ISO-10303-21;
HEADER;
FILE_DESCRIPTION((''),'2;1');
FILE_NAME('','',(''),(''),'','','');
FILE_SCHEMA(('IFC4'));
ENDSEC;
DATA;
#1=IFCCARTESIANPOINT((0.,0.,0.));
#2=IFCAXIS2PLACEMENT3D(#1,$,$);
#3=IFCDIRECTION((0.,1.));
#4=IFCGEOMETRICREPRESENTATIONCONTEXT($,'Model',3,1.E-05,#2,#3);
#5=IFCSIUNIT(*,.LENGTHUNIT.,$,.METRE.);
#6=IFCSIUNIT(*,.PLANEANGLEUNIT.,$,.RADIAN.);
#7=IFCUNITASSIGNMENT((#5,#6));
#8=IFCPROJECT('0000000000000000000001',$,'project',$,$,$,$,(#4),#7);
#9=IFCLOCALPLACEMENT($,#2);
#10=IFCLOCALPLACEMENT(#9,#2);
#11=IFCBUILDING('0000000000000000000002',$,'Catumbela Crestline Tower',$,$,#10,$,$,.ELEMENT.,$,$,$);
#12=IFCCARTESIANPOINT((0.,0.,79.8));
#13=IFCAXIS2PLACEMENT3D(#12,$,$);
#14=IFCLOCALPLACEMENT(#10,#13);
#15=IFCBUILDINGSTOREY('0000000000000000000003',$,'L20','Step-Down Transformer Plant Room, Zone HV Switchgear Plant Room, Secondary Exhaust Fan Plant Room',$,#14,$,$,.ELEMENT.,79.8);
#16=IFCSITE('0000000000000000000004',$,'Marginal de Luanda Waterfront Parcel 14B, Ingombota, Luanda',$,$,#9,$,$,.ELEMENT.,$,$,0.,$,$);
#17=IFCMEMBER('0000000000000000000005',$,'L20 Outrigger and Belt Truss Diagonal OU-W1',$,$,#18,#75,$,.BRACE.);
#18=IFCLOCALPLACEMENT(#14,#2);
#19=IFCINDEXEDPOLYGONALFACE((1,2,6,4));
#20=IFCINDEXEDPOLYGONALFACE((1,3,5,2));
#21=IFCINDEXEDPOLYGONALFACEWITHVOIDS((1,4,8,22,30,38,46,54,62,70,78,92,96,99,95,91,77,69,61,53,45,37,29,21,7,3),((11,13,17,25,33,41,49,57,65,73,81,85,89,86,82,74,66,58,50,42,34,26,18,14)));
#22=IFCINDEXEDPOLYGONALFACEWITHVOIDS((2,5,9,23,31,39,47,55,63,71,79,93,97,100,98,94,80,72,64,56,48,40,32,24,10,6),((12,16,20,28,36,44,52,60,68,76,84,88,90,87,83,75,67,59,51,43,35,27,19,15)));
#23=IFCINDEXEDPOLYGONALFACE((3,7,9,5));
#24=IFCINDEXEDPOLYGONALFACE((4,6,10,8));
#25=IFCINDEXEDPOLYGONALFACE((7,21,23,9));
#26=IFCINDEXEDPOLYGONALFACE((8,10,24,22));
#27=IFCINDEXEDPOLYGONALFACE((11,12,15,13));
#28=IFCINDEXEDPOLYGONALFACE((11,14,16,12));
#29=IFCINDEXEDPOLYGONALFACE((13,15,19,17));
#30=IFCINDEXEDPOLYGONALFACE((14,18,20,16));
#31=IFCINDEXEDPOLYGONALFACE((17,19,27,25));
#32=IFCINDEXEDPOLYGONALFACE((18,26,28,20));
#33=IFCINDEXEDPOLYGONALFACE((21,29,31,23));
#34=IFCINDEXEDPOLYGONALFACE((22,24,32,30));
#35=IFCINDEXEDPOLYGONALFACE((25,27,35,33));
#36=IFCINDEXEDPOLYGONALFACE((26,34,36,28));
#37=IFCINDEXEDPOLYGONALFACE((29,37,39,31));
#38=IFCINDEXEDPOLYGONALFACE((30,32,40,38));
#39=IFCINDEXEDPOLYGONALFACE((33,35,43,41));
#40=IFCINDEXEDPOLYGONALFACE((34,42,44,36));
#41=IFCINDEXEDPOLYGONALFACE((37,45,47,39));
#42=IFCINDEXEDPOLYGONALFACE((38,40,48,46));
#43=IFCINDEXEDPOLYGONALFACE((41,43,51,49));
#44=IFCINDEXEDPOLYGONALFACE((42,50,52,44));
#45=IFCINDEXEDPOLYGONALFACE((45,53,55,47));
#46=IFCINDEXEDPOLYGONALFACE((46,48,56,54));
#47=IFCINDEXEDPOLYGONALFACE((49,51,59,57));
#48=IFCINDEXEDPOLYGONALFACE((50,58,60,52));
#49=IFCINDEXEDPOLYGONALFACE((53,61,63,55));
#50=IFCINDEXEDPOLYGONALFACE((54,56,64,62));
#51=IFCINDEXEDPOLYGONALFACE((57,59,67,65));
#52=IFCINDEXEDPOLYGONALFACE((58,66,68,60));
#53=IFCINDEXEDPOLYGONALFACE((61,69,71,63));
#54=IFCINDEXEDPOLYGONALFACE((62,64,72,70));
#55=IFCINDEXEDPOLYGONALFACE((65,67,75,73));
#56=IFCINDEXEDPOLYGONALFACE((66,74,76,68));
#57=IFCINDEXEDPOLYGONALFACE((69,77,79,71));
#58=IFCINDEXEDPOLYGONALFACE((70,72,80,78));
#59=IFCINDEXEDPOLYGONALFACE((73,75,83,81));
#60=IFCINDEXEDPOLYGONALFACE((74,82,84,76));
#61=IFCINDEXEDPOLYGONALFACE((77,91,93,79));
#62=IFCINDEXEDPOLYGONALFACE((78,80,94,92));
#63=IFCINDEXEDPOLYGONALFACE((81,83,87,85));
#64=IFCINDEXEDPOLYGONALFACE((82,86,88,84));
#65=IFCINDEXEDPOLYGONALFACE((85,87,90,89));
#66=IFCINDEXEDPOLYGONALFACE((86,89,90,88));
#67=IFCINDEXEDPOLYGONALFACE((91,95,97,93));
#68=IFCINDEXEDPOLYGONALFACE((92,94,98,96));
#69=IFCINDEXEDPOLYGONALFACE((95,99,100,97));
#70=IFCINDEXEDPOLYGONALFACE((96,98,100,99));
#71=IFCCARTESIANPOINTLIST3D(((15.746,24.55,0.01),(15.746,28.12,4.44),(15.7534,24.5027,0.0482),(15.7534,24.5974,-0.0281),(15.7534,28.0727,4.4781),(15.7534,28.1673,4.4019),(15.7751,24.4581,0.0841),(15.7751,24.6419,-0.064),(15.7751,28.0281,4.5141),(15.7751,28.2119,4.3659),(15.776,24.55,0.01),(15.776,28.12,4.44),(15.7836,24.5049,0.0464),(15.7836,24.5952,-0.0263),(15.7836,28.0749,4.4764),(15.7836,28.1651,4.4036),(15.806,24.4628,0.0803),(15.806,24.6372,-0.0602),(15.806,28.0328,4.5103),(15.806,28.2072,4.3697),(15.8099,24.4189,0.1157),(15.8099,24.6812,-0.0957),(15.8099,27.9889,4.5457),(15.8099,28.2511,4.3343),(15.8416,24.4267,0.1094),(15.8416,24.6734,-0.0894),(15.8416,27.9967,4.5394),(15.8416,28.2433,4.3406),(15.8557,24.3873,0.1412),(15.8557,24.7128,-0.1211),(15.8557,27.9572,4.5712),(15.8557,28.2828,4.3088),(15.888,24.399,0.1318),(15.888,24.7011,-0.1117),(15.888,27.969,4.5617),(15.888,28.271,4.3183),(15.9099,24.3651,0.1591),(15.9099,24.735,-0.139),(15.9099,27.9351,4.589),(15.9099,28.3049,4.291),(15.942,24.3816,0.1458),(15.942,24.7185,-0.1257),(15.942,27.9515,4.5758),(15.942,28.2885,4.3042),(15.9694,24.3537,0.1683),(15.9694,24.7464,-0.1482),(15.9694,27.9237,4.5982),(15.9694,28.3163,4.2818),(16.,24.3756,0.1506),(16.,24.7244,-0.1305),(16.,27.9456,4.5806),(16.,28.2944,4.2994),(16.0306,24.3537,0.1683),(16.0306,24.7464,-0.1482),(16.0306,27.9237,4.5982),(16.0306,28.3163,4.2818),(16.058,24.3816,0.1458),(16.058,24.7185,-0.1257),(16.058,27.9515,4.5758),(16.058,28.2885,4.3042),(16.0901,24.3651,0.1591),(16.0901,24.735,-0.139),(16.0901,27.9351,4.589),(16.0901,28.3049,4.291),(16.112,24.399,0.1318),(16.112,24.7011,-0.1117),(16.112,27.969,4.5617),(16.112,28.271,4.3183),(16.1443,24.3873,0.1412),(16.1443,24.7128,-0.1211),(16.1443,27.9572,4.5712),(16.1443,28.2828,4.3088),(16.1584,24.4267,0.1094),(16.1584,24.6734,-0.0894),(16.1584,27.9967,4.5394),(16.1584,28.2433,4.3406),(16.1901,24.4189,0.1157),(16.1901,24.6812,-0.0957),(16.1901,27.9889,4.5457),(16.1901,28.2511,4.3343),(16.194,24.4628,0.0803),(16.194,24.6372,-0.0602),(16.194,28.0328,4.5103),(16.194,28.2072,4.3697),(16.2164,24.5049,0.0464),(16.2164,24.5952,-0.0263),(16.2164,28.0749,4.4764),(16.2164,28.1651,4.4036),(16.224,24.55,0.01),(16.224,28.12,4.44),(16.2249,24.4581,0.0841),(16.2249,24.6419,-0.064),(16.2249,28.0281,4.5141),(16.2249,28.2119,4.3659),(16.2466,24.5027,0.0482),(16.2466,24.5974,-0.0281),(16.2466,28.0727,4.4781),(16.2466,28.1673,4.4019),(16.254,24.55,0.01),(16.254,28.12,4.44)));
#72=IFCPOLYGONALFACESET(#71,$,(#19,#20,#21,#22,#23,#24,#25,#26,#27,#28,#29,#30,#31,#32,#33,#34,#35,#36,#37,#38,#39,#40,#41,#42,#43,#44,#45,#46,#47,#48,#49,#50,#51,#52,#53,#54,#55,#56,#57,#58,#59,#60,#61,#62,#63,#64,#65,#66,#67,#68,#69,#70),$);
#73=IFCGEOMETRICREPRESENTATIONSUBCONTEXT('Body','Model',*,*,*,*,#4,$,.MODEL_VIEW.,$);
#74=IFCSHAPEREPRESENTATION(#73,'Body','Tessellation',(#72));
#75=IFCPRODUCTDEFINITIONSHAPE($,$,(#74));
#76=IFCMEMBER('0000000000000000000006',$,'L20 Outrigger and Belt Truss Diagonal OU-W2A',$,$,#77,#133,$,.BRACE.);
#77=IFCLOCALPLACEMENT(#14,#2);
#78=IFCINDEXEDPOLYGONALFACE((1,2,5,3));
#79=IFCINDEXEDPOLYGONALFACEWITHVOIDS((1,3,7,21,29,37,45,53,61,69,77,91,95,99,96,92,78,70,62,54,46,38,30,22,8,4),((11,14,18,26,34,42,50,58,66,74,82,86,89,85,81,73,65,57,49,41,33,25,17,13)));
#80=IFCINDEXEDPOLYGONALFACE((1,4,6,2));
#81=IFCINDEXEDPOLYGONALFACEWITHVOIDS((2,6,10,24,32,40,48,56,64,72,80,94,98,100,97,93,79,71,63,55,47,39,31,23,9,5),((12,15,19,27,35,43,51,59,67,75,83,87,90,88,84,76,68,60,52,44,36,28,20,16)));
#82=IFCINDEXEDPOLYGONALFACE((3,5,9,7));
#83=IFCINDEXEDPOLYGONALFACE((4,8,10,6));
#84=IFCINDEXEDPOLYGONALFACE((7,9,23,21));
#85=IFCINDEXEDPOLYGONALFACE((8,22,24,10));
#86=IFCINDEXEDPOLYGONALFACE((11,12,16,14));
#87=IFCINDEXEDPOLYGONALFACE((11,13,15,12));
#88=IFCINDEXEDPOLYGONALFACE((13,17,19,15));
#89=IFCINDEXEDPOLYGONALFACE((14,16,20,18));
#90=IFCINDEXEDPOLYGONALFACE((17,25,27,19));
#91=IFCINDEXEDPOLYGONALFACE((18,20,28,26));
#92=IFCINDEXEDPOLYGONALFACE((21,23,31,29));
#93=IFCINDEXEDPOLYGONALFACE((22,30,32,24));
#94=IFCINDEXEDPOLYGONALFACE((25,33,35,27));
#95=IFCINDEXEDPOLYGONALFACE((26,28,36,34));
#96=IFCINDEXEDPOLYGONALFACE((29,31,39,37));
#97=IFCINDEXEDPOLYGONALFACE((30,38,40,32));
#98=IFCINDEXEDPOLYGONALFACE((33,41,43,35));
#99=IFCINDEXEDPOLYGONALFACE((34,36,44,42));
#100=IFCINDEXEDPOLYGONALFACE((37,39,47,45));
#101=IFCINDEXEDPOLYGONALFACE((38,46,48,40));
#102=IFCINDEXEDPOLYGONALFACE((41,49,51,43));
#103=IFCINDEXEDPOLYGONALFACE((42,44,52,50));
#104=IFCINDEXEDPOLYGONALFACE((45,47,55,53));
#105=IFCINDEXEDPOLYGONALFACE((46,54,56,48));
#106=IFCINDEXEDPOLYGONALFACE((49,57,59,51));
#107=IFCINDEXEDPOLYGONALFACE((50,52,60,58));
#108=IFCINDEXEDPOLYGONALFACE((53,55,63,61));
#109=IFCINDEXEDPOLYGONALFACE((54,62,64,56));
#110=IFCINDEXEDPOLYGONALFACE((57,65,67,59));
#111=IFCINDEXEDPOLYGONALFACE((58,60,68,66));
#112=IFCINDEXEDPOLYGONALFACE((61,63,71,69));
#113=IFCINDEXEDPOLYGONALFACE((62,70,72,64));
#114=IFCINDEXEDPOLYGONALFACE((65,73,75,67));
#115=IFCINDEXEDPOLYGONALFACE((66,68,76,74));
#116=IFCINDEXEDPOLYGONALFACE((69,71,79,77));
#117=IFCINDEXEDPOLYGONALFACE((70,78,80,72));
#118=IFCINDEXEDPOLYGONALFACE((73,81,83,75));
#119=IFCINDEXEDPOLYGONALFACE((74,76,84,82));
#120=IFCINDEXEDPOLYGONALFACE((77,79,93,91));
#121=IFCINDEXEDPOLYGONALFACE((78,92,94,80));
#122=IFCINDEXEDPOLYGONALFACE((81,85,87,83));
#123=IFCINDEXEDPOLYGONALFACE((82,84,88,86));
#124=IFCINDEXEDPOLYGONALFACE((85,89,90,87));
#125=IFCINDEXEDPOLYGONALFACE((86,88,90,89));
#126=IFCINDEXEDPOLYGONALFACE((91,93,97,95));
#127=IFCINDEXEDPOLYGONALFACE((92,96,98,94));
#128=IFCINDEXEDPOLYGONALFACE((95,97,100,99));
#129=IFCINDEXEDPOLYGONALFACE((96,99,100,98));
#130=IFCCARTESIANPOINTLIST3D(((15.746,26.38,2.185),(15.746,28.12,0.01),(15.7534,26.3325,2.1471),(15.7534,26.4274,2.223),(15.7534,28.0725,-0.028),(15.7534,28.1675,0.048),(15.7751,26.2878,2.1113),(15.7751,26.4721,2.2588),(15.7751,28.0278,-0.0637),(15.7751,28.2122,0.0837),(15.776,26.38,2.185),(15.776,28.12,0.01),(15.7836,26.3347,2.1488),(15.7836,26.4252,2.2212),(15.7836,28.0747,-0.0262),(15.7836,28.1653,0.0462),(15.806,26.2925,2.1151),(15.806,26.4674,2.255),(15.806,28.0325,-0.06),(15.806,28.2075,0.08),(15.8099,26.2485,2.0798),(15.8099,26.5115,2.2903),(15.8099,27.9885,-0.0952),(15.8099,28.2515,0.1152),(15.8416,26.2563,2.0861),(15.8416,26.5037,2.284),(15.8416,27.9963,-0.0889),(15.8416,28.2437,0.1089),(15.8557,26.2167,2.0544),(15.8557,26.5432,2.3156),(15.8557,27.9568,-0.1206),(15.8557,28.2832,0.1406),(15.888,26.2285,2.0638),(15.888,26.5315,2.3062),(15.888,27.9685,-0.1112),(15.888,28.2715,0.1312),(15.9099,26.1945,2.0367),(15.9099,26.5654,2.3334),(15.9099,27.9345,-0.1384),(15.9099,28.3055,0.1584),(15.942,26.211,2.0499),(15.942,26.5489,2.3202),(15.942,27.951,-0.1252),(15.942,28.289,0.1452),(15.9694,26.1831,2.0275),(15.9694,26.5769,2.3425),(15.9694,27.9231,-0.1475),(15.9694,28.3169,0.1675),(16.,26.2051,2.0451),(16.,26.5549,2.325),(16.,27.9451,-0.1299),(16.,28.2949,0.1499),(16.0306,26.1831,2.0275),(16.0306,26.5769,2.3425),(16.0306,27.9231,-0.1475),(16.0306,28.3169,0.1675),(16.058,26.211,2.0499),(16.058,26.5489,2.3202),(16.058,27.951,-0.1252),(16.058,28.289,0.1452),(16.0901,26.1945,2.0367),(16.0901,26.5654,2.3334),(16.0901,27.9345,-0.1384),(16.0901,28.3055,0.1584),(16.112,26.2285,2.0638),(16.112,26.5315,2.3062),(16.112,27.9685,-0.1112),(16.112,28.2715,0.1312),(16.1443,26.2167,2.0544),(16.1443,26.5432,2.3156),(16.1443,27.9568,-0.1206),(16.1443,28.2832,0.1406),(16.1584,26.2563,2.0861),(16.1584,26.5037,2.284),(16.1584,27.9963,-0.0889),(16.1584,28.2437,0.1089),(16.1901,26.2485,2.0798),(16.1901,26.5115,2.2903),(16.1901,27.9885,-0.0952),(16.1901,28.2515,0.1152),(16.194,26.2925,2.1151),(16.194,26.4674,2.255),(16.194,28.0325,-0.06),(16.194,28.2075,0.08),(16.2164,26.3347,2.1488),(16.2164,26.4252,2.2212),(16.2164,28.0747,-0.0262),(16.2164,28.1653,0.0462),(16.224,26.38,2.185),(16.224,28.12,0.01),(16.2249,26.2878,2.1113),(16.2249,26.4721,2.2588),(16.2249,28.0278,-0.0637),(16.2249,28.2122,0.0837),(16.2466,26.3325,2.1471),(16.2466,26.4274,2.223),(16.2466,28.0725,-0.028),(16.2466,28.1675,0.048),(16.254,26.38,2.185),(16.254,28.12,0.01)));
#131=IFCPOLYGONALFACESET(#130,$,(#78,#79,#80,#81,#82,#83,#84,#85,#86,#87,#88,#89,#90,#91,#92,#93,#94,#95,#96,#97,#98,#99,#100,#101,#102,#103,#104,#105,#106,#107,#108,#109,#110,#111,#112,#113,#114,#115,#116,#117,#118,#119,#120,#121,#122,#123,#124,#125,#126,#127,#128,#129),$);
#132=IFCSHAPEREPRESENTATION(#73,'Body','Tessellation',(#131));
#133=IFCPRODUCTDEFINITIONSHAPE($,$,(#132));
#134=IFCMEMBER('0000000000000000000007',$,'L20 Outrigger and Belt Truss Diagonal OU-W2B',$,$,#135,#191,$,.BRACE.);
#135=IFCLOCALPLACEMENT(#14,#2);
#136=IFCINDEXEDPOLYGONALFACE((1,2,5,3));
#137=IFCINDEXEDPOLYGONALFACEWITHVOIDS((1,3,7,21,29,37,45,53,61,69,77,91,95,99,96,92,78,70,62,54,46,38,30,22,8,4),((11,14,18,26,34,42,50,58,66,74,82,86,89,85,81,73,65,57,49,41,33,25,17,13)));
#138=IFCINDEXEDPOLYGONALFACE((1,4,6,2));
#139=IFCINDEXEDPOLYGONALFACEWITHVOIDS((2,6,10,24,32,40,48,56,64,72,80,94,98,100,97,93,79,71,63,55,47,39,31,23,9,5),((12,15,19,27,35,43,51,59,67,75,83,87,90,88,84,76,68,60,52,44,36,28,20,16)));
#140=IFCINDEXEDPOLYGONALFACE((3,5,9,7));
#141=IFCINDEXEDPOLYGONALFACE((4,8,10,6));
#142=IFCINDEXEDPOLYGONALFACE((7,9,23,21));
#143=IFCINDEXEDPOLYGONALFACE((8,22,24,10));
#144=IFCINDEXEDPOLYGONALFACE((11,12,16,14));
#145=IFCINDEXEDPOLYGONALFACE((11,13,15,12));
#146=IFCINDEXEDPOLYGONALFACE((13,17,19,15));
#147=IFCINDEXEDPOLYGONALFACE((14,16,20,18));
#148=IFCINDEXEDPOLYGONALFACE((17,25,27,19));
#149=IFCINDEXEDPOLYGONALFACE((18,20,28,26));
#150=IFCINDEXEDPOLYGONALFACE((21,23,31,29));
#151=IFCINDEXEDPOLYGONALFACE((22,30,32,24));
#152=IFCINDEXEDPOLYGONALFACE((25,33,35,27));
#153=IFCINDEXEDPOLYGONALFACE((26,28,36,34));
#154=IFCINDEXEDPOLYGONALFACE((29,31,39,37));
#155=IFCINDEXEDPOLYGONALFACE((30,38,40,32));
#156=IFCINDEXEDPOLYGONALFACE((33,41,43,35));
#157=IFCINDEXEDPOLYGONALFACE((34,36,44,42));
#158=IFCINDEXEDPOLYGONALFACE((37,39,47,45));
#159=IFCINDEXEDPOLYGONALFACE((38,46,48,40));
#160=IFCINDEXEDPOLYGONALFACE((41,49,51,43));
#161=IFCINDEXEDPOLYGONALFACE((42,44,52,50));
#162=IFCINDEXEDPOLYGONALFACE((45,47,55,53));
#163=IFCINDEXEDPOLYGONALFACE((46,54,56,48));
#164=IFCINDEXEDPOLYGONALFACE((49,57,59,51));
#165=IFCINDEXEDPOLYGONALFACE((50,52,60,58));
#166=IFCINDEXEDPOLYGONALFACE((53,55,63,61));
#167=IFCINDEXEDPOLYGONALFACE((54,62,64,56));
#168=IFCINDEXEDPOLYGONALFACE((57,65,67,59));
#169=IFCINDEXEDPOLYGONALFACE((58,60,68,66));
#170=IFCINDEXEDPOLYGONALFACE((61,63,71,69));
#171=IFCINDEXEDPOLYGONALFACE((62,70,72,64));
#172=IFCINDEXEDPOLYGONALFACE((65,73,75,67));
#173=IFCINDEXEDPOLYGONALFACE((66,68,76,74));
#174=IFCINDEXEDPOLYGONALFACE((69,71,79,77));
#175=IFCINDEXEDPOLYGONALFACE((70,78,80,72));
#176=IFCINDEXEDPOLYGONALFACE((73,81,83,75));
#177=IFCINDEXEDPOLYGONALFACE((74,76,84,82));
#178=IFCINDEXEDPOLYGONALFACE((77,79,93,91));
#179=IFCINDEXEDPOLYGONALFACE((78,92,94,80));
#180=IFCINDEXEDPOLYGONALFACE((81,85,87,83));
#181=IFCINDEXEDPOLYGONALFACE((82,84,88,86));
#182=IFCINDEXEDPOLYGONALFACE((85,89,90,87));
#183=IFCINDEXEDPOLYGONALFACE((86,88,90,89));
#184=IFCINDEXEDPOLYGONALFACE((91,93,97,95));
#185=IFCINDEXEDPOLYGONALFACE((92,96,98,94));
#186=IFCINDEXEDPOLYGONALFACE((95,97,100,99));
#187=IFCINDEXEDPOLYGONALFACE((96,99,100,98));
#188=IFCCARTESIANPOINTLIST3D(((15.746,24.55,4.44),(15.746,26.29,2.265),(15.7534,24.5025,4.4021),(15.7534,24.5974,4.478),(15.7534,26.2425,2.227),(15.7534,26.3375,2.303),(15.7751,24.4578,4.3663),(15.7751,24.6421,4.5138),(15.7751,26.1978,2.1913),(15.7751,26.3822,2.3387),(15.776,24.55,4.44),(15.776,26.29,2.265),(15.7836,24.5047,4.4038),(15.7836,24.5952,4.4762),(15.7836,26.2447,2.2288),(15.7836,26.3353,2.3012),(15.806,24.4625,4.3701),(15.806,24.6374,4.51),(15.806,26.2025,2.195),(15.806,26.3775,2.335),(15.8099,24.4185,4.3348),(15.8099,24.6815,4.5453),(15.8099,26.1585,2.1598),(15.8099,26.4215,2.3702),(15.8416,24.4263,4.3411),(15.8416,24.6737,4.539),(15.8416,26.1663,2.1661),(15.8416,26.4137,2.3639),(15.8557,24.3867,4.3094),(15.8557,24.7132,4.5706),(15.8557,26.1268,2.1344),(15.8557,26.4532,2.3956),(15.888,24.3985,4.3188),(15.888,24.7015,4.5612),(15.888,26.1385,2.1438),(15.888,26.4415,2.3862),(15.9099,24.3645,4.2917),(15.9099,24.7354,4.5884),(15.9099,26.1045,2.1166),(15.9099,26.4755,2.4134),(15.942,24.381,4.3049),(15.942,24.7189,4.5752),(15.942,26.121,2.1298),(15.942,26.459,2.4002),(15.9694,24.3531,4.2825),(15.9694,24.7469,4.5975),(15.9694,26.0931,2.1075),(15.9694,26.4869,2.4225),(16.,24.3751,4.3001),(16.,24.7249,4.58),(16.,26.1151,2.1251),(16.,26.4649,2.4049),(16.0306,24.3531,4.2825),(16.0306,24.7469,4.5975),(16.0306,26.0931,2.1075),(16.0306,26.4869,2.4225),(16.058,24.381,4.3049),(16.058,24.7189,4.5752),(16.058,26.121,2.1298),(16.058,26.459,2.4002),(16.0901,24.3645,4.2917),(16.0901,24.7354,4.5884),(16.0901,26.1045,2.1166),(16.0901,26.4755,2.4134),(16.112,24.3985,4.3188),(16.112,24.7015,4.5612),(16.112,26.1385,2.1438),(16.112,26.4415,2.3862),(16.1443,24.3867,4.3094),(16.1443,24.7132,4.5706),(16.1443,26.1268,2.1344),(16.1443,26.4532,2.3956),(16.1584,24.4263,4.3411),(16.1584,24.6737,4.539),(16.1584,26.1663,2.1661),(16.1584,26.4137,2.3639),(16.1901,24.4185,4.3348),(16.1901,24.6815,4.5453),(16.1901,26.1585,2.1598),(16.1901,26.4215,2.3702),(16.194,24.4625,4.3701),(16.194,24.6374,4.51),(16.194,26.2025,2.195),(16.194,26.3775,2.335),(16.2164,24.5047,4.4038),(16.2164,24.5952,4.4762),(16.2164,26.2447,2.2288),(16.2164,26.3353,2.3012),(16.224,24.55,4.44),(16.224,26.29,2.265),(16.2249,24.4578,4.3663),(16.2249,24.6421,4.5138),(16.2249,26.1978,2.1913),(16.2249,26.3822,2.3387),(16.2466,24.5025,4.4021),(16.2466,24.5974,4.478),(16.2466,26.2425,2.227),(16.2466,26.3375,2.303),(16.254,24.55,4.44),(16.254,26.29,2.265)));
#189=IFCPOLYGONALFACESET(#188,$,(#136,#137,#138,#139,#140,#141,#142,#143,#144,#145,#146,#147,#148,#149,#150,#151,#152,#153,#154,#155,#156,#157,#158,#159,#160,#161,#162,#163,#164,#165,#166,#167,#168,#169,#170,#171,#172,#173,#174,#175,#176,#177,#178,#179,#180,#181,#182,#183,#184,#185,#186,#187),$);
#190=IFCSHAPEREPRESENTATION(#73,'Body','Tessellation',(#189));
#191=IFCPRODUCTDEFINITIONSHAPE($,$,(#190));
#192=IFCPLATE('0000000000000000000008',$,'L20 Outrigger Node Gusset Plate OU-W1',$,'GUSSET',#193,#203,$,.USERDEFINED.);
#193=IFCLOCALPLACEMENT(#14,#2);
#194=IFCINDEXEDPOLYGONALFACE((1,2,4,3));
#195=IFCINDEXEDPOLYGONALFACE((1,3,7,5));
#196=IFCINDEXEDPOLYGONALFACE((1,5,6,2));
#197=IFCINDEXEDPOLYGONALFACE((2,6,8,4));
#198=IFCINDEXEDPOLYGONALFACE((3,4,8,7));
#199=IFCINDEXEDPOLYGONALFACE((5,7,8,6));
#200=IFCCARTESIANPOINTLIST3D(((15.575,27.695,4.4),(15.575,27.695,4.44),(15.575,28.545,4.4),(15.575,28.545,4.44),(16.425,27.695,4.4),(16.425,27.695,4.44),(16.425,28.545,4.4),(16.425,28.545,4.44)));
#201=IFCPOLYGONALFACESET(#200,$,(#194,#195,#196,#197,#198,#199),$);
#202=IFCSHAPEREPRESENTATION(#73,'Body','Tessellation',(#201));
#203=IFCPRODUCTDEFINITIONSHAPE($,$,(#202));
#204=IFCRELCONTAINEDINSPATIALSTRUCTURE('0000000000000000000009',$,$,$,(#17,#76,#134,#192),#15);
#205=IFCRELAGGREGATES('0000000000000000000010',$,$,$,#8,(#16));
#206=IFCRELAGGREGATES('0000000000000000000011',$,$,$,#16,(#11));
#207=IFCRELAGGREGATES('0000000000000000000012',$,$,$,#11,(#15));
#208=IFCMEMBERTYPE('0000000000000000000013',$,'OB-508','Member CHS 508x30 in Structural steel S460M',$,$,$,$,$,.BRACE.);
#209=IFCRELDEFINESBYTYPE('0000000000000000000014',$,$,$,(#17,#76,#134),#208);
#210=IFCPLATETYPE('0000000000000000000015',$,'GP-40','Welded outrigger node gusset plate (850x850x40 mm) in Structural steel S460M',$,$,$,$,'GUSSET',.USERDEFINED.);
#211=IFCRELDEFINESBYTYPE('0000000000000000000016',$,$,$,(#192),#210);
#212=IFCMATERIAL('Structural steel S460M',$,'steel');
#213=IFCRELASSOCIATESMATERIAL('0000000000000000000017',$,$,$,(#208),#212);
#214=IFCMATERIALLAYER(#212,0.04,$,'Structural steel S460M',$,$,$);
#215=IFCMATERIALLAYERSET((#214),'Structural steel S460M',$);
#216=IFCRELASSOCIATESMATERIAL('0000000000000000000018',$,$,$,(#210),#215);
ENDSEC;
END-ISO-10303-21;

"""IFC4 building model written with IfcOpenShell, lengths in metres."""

from ifc_helpers import new_model, si_unit, direction, frame, origin, origin_2d, place, context, subcontext, project, spatial, rectangle, hollow_circle, extrude, material, layer, layer_set, material_profile, profile_set, type_object, element, save


model = new_model("IFC4")

# Units and contexts
model_context = context("Model", 3, precision=1e-05, world=origin(), true_north=direction((0.0, 1.0)))
body_context = subcontext(model_context, "Body", "Model", "MODEL_VIEW")
ifc_project = project(units=[si_unit("LENGTHUNIT", "METRE"), si_unit("PLANEANGLEUNIT", "RADIAN")], contexts=[model_context])

# Site, building, storey
site_placement = place(None, origin())
site = spatial("IfcSite", under=ifc_project, at=site_placement, Name="Marginal de Luanda Waterfront Parcel 14B, Ingombota, Luanda", CompositionType="ELEMENT", RefElevation=0.0)
building_placement = place(site_placement, origin())
building = spatial("IfcBuilding", under=site, at=building_placement, Name="Catumbela Crestline Tower", CompositionType="ELEMENT")
storey_placement = place(building_placement, frame((0.0, 0.0, 79.8)))
storey = spatial("IfcBuildingStorey", under=building, at=storey_placement, Name="L20", Description="Step-Down Transformer Plant Room, Zone HV Switchgear Plant Room, Secondary Exhaust Fan Plant Room", CompositionType="ELEMENT", Elevation=79.8)

# Members
ifc_material_1 = material(Name="Structural steel S460M", Category="steel")
ifc_material_profile_1 = material_profile(ifc_material_1, hollow_circle(Radius=0.254, WallThickness=0.03, at=origin_2d()), Name="CHS 508x30")
ifc_profile_set_1 = profile_set([ifc_material_profile_1], Name="Structural steel S460M")
member_type_1 = type_object("IfcMemberType", Name="OB-508", Description="Member CHS 508x30 in Structural steel S460M", PredefinedType="BRACE", material=ifc_profile_set_1)
member_1_placement = place(storey_placement, frame((16.0, 28.12, 4.44), z_axis=(0.0, -0.627478, -0.778635), x_axis=(1.0, 0.0, 0.0)))
element("IfcMember", 1, at=member_1_placement, inside=storey, type_object=member_type_1, Name="L20 Outrigger and Belt Truss Diagonal OU-W1", PredefinedType="BRACE", context=body_context, shape_type="SweptSolid", body=[
    extrude(hollow_circle(Radius=0.254, WallThickness=0.03, at=origin_2d()), origin(), (0.0, 0.0, 1.0), 5.6894),
])
for number, where, z_axis, x_axis, name in (
    (2, (16.0, 28.12, 0.01), (0.0, -0.624695, 0.780869), (1.0, 0.0, 0.0), "L20 Outrigger and Belt Truss Diagonal OU-W2A"),
    (3, (16.0, 26.29, 2.265), (0.0, -0.624695, 0.780869), (1.0, 0.0, 0.0), "L20 Outrigger and Belt Truss Diagonal OU-W2B"),
):
    element("IfcMember", number, at=place(storey_placement, frame(where, z_axis=z_axis, x_axis=x_axis)), inside=storey, type_object=member_type_1, Name=name, PredefinedType="BRACE", context=body_context, shape_type="SweptSolid", body=[
        extrude(hollow_circle(Radius=0.254, WallThickness=0.03, at=origin_2d()), origin(), (0.0, 0.0, 1.0), 2.7854),
    ])

# Plate
ifc_layer_1 = layer(ifc_material_1, 0.04, Name="Structural steel S460M")
ifc_layer_set_1 = layer_set([ifc_layer_1], Name="Structural steel S460M")
plate_type = type_object("IfcPlateType", Name="GP-40", Description="Welded outrigger node gusset plate (850x850x40 mm) in Structural steel S460M", ElementType="GUSSET", PredefinedType="USERDEFINED", material=ifc_layer_set_1)
for number, where, z_axis, x_axis, name in (
    (4, (16.0, 28.12, 4.4), (0.0, 0.0, 1.0), (1.0, 0.0, 0.0), "L20 Outrigger Node Gusset Plate OU-W1"),
):
    element("IfcPlate", number, at=place(storey_placement, frame(where, z_axis=z_axis, x_axis=x_axis)), inside=storey, type_object=plate_type, Name=name, ObjectType="GUSSET", PredefinedType="USERDEFINED", context=body_context, shape_type="SweptSolid", body=[
        extrude(rectangle(XDim=0.85, YDim=0.85, at=origin_2d()), origin(), (0.0, 0.0, 1.0), 0.04),
    ])

save(model, "model.ifc")
